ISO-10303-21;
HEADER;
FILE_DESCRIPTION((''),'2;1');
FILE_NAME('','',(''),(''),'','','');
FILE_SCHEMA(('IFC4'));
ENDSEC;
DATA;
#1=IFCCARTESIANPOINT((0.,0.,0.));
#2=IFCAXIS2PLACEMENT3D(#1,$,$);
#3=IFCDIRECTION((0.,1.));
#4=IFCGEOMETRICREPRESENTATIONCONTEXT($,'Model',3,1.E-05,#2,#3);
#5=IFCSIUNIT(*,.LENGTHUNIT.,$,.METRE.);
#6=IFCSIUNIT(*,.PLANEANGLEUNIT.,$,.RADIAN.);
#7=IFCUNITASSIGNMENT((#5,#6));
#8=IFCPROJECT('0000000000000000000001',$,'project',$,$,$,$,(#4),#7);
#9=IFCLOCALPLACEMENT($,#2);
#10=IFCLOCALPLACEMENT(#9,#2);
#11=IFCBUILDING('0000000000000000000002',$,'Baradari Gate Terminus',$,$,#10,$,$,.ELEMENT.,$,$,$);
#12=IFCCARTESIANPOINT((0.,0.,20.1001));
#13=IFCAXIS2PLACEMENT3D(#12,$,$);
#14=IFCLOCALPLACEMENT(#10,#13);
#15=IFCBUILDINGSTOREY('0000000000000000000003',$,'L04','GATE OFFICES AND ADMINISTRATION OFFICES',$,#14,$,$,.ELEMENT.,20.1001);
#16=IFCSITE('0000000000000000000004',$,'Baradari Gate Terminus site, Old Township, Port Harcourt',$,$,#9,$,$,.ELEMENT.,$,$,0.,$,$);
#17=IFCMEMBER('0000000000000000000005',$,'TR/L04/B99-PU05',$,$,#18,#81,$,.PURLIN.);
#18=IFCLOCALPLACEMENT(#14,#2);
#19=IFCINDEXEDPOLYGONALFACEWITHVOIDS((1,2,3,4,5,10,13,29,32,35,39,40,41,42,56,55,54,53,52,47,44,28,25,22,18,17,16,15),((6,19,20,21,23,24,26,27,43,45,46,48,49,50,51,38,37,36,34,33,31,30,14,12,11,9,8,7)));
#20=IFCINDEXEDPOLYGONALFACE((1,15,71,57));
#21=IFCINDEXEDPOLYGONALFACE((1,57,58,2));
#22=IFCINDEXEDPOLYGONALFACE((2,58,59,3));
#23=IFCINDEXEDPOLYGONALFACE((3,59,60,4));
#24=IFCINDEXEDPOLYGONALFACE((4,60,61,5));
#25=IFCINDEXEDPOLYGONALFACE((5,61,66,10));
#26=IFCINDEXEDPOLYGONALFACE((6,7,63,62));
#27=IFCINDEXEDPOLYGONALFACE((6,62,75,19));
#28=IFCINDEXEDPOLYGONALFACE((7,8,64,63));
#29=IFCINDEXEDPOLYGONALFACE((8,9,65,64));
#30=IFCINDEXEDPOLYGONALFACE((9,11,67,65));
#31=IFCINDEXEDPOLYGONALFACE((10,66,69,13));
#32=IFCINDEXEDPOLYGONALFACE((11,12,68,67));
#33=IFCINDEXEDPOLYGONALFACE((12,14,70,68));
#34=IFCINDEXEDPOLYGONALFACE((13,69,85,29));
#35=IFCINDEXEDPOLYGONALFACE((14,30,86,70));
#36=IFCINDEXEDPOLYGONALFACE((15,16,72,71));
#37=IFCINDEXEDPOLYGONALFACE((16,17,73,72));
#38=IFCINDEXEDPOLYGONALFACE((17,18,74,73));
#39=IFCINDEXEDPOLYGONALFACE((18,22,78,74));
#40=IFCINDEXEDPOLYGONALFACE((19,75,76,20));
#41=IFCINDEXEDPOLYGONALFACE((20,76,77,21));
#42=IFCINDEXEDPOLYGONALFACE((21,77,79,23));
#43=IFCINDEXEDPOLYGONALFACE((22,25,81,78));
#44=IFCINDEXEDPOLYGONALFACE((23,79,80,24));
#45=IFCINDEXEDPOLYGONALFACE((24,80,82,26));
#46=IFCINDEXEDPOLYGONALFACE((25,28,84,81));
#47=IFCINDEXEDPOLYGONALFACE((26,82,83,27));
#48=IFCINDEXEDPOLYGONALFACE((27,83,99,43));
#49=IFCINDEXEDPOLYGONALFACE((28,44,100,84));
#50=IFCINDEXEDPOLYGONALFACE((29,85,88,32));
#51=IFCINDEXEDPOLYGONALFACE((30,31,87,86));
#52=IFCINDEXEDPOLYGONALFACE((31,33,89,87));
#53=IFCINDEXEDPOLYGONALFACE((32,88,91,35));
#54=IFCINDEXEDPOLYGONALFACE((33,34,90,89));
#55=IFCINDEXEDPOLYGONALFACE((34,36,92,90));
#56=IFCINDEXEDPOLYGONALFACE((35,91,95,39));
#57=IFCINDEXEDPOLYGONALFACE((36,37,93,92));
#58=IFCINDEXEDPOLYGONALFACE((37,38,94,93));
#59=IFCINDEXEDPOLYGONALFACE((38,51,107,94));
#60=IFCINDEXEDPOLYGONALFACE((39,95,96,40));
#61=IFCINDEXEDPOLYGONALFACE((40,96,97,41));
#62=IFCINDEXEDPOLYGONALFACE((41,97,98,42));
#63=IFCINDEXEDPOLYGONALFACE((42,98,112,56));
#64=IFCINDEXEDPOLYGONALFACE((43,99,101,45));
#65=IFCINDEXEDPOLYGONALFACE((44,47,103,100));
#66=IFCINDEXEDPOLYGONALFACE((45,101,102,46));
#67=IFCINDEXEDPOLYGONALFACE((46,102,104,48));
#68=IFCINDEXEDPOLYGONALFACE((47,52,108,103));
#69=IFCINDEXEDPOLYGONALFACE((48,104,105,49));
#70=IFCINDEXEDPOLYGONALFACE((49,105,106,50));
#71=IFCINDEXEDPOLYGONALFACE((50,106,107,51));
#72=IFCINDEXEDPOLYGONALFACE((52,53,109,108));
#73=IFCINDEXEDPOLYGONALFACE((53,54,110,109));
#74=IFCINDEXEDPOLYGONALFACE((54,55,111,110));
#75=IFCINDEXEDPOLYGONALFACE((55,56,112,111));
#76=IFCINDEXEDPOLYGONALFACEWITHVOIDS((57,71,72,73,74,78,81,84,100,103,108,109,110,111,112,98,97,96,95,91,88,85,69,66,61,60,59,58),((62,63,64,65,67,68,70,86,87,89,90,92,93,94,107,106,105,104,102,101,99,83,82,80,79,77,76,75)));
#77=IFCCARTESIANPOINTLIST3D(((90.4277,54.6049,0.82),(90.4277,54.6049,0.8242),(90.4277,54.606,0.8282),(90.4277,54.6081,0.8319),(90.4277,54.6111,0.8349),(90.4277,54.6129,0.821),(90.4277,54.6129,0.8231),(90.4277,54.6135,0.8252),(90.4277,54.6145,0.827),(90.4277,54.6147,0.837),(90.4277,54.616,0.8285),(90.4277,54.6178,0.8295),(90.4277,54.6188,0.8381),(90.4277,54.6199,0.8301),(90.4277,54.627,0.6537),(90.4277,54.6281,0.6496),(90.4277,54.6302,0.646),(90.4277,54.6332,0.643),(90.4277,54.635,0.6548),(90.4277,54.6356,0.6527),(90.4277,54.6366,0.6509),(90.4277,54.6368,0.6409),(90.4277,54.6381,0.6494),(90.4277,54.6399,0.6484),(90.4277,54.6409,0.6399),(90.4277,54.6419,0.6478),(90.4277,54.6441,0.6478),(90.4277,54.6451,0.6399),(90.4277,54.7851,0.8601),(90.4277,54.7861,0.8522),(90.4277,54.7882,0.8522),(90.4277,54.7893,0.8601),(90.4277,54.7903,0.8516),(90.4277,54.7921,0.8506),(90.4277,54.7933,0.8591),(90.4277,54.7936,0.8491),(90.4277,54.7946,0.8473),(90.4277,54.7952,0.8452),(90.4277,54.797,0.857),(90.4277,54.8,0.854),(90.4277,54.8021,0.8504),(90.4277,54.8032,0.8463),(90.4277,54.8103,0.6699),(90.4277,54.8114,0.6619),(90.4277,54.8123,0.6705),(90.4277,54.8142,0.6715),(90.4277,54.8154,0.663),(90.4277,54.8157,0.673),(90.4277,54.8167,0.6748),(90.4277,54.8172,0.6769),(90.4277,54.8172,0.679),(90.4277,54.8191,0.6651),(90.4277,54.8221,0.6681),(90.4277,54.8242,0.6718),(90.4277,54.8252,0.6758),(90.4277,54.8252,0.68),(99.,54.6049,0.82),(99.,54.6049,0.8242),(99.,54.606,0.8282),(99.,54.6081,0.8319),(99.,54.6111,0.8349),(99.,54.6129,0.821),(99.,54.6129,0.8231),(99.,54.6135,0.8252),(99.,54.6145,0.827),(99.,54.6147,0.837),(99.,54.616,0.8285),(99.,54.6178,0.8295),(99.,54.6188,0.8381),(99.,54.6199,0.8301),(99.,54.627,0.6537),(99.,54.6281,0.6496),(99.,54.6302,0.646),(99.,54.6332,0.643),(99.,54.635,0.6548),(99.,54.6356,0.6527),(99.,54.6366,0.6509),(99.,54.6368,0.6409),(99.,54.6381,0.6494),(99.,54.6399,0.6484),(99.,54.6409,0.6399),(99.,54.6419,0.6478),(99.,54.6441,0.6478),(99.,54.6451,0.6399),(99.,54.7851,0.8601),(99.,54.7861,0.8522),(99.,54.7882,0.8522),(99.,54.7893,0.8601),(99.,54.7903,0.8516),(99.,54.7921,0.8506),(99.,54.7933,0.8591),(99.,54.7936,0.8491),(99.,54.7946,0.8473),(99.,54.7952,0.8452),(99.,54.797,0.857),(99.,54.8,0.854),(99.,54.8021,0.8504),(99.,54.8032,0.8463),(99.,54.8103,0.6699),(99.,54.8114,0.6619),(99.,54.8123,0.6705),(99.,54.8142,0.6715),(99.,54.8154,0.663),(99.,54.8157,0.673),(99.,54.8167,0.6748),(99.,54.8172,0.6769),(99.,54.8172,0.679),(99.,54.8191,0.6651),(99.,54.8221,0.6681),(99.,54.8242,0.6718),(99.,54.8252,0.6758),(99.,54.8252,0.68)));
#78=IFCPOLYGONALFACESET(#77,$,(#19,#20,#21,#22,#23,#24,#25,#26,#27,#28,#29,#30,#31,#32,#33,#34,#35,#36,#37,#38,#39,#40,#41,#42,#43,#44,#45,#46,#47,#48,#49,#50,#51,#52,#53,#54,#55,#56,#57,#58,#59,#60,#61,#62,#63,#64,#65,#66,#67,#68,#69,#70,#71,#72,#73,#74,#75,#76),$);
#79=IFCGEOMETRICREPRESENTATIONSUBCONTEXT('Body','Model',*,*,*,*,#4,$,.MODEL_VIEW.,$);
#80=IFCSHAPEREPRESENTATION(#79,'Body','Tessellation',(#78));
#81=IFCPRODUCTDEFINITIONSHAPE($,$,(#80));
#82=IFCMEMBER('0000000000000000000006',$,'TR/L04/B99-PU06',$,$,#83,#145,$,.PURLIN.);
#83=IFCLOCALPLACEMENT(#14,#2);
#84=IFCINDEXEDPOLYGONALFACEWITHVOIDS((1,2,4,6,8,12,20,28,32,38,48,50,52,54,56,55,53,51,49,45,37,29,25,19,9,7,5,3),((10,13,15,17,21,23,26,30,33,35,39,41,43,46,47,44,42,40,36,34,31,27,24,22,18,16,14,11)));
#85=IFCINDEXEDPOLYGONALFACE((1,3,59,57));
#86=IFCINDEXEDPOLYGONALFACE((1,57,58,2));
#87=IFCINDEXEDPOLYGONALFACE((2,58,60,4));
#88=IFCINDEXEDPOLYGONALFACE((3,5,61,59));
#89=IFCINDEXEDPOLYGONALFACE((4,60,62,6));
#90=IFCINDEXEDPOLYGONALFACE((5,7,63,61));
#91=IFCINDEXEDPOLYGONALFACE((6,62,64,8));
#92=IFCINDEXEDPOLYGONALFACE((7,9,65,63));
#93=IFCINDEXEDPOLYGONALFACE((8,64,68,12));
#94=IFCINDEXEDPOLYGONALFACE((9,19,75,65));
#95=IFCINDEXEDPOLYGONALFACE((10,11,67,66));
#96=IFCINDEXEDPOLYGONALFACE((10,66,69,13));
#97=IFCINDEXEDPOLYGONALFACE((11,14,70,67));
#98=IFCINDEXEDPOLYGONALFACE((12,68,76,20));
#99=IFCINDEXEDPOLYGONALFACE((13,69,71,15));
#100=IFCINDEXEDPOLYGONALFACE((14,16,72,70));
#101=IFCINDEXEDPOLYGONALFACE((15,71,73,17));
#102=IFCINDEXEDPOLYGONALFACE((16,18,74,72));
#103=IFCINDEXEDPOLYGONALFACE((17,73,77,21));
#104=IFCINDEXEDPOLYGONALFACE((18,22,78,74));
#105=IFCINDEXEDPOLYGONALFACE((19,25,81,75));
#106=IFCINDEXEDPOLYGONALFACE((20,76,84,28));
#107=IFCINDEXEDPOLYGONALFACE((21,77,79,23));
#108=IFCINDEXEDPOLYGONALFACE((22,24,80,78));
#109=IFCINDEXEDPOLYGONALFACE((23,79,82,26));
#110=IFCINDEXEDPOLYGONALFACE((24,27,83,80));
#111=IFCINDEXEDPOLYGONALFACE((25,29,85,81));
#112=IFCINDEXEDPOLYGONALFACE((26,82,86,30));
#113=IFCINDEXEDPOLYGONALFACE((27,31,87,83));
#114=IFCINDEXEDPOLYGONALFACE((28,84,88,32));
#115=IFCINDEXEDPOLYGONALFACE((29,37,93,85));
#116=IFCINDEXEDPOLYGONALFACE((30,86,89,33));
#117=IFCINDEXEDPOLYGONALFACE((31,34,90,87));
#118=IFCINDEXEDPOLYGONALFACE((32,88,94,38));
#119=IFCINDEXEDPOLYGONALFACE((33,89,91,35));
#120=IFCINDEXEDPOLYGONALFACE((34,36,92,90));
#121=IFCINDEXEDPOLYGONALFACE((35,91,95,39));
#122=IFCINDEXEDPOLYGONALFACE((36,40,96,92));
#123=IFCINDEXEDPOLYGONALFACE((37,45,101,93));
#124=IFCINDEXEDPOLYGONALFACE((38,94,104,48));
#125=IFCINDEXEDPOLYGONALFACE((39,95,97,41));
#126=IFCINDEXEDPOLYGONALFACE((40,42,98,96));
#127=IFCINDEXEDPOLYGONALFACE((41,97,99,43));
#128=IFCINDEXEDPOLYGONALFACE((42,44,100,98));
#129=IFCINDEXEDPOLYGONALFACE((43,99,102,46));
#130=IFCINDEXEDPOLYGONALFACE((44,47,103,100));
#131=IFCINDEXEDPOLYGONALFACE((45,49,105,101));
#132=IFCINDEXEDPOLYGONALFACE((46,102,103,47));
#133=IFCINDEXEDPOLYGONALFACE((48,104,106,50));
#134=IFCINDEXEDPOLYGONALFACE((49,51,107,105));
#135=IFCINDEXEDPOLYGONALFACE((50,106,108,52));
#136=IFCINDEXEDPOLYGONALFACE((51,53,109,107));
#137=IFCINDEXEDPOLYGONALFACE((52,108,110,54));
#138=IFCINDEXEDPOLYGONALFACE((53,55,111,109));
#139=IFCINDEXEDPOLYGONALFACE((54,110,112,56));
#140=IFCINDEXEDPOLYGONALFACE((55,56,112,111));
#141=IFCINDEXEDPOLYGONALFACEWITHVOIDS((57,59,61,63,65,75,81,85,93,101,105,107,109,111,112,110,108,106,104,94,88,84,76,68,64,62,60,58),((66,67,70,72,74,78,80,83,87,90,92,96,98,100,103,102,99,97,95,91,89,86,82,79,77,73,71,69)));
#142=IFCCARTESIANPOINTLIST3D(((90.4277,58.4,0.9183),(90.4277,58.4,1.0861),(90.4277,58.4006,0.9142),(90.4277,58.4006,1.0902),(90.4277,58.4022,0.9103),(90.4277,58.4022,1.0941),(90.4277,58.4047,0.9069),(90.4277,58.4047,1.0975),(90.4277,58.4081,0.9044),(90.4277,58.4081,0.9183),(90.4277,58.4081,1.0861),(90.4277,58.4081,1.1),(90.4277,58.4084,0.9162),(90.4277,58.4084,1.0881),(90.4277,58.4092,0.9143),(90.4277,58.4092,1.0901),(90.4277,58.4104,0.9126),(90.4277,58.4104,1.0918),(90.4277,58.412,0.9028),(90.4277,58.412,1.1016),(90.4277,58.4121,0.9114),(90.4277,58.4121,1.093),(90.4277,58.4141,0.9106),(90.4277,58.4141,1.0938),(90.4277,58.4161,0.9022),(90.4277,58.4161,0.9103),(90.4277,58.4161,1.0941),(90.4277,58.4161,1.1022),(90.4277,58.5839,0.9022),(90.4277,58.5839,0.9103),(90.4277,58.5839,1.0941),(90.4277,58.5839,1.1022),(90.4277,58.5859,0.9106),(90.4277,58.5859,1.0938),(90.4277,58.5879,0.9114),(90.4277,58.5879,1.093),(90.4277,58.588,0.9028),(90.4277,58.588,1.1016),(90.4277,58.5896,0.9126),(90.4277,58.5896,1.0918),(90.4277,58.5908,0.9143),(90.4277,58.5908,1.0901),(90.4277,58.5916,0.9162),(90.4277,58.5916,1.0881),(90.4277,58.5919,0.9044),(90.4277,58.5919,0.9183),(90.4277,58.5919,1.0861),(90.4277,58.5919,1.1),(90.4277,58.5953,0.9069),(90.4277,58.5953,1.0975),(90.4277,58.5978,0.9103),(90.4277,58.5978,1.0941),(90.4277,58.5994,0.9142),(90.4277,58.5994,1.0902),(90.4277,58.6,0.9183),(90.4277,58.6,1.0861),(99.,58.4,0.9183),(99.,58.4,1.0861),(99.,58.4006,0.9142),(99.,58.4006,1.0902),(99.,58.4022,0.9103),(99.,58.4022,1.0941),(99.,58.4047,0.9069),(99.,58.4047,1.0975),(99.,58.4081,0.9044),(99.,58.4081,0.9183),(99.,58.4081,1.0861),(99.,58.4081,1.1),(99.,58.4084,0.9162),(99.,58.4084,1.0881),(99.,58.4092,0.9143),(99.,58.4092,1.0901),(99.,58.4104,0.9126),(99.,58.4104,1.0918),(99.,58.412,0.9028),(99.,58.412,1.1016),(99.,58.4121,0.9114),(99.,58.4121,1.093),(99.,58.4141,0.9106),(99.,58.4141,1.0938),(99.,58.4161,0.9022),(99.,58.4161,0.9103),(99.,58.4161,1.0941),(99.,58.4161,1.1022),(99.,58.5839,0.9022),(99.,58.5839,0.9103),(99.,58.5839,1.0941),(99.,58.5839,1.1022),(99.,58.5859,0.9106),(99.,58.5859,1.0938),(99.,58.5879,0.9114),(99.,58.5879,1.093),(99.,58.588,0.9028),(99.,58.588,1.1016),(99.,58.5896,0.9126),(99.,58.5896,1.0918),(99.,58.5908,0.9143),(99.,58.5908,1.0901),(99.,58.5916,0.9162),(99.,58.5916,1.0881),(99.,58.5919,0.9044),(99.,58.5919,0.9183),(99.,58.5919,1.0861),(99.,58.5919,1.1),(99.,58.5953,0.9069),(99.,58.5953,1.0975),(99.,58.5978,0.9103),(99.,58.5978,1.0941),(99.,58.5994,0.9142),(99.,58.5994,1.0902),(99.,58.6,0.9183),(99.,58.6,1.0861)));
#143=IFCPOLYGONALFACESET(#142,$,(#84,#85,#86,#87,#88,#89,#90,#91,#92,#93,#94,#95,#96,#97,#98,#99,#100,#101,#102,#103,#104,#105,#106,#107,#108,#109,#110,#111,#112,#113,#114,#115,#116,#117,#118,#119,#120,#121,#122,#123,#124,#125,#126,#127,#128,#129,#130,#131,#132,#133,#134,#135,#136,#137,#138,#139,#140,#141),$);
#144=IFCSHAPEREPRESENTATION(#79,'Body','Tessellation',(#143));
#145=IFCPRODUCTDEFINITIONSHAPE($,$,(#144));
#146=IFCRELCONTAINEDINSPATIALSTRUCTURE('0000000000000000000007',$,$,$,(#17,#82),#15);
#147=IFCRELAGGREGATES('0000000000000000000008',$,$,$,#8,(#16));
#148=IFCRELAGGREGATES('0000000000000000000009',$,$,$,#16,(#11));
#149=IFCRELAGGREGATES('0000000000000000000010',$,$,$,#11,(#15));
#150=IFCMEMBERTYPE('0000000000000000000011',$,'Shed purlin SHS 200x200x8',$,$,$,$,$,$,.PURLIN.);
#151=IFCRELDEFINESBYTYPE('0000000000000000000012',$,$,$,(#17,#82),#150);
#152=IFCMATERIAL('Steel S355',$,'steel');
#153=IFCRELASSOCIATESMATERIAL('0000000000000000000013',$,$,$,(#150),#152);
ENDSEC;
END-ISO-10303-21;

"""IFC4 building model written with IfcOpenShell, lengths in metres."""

from ifc_helpers import new_model, si_unit, direction, frame, origin, origin_2d, place, context, subcontext, project, spatial, hollow_rectangle, extrude, material, material_profile, profile_set, type_object, element, save


model = new_model("IFC4")

# Units and contexts
model_context = context("Model", 3, precision=1e-05, world=origin(), true_north=direction((0.0, 1.0)))
body_context = subcontext(model_context, "Body", "Model", "MODEL_VIEW")
ifc_project = project(units=[si_unit("LENGTHUNIT", "METRE"), si_unit("PLANEANGLEUNIT", "RADIAN")], contexts=[model_context])

# Site, building, storey
site_placement = place(None, origin())
site = spatial("IfcSite", under=ifc_project, at=site_placement, Name="Baradari Gate Terminus site, Old Township, Port Harcourt", CompositionType="ELEMENT", RefElevation=0.0)
building_placement = place(site_placement, origin())
building = spatial("IfcBuilding", under=site, at=building_placement, Name="Baradari Gate Terminus", CompositionType="ELEMENT")
storey_placement = place(building_placement, frame((0.0, 0.0, 20.1001)))
storey = spatial("IfcBuildingStorey", under=building, at=storey_placement, Name="L04", Description="GATE OFFICES AND ADMINISTRATION OFFICES", CompositionType="ELEMENT", Elevation=20.1001)

# Members
ifc_material_1 = material(Name="Steel S355", Category="steel")
ifc_material_profile_1 = material_profile(ifc_material_1, hollow_rectangle(XDim=0.2, YDim=0.2, WallThickness=0.0081, InnerFilletRadius=0.0081, OuterFilletRadius=0.0161, at=origin_2d()), Name="SHS 200x200x8")
ifc_profile_set_1 = profile_set([ifc_material_profile_1], Name="Steel S355")
member_type_1 = type_object("IfcMemberType", Name="Shed purlin SHS 200x200x8", PredefinedType="PURLIN", material=ifc_profile_set_1)
for number, where, z_axis, x_axis, name in (
    (1, (90.4277, 54.7151, 0.75), (1.0, 0.0, 0.0), (0.0, 0.991303, 0.131599), "TR/L04/B99-PU05"),
    (2, (90.4277, 58.5, 1.0022), (1.0, 0.0, 0.0), (0.0, 1.0, 0.0), "TR/L04/B99-PU06"),
):
    element("IfcMember", number, at=place(storey_placement, frame(where, z_axis=z_axis, x_axis=x_axis)), inside=storey, type_object=member_type_1, Name=name, PredefinedType="PURLIN", context=body_context, shape_type="SweptSolid", body=[
        extrude(hollow_rectangle(XDim=0.2, YDim=0.2, WallThickness=0.0081, InnerFilletRadius=0.0081, OuterFilletRadius=0.0161, at=origin_2d()), origin(), (0.0, 0.0, 1.0), 8.5723),
    ])

save(model, "model.ifc")
